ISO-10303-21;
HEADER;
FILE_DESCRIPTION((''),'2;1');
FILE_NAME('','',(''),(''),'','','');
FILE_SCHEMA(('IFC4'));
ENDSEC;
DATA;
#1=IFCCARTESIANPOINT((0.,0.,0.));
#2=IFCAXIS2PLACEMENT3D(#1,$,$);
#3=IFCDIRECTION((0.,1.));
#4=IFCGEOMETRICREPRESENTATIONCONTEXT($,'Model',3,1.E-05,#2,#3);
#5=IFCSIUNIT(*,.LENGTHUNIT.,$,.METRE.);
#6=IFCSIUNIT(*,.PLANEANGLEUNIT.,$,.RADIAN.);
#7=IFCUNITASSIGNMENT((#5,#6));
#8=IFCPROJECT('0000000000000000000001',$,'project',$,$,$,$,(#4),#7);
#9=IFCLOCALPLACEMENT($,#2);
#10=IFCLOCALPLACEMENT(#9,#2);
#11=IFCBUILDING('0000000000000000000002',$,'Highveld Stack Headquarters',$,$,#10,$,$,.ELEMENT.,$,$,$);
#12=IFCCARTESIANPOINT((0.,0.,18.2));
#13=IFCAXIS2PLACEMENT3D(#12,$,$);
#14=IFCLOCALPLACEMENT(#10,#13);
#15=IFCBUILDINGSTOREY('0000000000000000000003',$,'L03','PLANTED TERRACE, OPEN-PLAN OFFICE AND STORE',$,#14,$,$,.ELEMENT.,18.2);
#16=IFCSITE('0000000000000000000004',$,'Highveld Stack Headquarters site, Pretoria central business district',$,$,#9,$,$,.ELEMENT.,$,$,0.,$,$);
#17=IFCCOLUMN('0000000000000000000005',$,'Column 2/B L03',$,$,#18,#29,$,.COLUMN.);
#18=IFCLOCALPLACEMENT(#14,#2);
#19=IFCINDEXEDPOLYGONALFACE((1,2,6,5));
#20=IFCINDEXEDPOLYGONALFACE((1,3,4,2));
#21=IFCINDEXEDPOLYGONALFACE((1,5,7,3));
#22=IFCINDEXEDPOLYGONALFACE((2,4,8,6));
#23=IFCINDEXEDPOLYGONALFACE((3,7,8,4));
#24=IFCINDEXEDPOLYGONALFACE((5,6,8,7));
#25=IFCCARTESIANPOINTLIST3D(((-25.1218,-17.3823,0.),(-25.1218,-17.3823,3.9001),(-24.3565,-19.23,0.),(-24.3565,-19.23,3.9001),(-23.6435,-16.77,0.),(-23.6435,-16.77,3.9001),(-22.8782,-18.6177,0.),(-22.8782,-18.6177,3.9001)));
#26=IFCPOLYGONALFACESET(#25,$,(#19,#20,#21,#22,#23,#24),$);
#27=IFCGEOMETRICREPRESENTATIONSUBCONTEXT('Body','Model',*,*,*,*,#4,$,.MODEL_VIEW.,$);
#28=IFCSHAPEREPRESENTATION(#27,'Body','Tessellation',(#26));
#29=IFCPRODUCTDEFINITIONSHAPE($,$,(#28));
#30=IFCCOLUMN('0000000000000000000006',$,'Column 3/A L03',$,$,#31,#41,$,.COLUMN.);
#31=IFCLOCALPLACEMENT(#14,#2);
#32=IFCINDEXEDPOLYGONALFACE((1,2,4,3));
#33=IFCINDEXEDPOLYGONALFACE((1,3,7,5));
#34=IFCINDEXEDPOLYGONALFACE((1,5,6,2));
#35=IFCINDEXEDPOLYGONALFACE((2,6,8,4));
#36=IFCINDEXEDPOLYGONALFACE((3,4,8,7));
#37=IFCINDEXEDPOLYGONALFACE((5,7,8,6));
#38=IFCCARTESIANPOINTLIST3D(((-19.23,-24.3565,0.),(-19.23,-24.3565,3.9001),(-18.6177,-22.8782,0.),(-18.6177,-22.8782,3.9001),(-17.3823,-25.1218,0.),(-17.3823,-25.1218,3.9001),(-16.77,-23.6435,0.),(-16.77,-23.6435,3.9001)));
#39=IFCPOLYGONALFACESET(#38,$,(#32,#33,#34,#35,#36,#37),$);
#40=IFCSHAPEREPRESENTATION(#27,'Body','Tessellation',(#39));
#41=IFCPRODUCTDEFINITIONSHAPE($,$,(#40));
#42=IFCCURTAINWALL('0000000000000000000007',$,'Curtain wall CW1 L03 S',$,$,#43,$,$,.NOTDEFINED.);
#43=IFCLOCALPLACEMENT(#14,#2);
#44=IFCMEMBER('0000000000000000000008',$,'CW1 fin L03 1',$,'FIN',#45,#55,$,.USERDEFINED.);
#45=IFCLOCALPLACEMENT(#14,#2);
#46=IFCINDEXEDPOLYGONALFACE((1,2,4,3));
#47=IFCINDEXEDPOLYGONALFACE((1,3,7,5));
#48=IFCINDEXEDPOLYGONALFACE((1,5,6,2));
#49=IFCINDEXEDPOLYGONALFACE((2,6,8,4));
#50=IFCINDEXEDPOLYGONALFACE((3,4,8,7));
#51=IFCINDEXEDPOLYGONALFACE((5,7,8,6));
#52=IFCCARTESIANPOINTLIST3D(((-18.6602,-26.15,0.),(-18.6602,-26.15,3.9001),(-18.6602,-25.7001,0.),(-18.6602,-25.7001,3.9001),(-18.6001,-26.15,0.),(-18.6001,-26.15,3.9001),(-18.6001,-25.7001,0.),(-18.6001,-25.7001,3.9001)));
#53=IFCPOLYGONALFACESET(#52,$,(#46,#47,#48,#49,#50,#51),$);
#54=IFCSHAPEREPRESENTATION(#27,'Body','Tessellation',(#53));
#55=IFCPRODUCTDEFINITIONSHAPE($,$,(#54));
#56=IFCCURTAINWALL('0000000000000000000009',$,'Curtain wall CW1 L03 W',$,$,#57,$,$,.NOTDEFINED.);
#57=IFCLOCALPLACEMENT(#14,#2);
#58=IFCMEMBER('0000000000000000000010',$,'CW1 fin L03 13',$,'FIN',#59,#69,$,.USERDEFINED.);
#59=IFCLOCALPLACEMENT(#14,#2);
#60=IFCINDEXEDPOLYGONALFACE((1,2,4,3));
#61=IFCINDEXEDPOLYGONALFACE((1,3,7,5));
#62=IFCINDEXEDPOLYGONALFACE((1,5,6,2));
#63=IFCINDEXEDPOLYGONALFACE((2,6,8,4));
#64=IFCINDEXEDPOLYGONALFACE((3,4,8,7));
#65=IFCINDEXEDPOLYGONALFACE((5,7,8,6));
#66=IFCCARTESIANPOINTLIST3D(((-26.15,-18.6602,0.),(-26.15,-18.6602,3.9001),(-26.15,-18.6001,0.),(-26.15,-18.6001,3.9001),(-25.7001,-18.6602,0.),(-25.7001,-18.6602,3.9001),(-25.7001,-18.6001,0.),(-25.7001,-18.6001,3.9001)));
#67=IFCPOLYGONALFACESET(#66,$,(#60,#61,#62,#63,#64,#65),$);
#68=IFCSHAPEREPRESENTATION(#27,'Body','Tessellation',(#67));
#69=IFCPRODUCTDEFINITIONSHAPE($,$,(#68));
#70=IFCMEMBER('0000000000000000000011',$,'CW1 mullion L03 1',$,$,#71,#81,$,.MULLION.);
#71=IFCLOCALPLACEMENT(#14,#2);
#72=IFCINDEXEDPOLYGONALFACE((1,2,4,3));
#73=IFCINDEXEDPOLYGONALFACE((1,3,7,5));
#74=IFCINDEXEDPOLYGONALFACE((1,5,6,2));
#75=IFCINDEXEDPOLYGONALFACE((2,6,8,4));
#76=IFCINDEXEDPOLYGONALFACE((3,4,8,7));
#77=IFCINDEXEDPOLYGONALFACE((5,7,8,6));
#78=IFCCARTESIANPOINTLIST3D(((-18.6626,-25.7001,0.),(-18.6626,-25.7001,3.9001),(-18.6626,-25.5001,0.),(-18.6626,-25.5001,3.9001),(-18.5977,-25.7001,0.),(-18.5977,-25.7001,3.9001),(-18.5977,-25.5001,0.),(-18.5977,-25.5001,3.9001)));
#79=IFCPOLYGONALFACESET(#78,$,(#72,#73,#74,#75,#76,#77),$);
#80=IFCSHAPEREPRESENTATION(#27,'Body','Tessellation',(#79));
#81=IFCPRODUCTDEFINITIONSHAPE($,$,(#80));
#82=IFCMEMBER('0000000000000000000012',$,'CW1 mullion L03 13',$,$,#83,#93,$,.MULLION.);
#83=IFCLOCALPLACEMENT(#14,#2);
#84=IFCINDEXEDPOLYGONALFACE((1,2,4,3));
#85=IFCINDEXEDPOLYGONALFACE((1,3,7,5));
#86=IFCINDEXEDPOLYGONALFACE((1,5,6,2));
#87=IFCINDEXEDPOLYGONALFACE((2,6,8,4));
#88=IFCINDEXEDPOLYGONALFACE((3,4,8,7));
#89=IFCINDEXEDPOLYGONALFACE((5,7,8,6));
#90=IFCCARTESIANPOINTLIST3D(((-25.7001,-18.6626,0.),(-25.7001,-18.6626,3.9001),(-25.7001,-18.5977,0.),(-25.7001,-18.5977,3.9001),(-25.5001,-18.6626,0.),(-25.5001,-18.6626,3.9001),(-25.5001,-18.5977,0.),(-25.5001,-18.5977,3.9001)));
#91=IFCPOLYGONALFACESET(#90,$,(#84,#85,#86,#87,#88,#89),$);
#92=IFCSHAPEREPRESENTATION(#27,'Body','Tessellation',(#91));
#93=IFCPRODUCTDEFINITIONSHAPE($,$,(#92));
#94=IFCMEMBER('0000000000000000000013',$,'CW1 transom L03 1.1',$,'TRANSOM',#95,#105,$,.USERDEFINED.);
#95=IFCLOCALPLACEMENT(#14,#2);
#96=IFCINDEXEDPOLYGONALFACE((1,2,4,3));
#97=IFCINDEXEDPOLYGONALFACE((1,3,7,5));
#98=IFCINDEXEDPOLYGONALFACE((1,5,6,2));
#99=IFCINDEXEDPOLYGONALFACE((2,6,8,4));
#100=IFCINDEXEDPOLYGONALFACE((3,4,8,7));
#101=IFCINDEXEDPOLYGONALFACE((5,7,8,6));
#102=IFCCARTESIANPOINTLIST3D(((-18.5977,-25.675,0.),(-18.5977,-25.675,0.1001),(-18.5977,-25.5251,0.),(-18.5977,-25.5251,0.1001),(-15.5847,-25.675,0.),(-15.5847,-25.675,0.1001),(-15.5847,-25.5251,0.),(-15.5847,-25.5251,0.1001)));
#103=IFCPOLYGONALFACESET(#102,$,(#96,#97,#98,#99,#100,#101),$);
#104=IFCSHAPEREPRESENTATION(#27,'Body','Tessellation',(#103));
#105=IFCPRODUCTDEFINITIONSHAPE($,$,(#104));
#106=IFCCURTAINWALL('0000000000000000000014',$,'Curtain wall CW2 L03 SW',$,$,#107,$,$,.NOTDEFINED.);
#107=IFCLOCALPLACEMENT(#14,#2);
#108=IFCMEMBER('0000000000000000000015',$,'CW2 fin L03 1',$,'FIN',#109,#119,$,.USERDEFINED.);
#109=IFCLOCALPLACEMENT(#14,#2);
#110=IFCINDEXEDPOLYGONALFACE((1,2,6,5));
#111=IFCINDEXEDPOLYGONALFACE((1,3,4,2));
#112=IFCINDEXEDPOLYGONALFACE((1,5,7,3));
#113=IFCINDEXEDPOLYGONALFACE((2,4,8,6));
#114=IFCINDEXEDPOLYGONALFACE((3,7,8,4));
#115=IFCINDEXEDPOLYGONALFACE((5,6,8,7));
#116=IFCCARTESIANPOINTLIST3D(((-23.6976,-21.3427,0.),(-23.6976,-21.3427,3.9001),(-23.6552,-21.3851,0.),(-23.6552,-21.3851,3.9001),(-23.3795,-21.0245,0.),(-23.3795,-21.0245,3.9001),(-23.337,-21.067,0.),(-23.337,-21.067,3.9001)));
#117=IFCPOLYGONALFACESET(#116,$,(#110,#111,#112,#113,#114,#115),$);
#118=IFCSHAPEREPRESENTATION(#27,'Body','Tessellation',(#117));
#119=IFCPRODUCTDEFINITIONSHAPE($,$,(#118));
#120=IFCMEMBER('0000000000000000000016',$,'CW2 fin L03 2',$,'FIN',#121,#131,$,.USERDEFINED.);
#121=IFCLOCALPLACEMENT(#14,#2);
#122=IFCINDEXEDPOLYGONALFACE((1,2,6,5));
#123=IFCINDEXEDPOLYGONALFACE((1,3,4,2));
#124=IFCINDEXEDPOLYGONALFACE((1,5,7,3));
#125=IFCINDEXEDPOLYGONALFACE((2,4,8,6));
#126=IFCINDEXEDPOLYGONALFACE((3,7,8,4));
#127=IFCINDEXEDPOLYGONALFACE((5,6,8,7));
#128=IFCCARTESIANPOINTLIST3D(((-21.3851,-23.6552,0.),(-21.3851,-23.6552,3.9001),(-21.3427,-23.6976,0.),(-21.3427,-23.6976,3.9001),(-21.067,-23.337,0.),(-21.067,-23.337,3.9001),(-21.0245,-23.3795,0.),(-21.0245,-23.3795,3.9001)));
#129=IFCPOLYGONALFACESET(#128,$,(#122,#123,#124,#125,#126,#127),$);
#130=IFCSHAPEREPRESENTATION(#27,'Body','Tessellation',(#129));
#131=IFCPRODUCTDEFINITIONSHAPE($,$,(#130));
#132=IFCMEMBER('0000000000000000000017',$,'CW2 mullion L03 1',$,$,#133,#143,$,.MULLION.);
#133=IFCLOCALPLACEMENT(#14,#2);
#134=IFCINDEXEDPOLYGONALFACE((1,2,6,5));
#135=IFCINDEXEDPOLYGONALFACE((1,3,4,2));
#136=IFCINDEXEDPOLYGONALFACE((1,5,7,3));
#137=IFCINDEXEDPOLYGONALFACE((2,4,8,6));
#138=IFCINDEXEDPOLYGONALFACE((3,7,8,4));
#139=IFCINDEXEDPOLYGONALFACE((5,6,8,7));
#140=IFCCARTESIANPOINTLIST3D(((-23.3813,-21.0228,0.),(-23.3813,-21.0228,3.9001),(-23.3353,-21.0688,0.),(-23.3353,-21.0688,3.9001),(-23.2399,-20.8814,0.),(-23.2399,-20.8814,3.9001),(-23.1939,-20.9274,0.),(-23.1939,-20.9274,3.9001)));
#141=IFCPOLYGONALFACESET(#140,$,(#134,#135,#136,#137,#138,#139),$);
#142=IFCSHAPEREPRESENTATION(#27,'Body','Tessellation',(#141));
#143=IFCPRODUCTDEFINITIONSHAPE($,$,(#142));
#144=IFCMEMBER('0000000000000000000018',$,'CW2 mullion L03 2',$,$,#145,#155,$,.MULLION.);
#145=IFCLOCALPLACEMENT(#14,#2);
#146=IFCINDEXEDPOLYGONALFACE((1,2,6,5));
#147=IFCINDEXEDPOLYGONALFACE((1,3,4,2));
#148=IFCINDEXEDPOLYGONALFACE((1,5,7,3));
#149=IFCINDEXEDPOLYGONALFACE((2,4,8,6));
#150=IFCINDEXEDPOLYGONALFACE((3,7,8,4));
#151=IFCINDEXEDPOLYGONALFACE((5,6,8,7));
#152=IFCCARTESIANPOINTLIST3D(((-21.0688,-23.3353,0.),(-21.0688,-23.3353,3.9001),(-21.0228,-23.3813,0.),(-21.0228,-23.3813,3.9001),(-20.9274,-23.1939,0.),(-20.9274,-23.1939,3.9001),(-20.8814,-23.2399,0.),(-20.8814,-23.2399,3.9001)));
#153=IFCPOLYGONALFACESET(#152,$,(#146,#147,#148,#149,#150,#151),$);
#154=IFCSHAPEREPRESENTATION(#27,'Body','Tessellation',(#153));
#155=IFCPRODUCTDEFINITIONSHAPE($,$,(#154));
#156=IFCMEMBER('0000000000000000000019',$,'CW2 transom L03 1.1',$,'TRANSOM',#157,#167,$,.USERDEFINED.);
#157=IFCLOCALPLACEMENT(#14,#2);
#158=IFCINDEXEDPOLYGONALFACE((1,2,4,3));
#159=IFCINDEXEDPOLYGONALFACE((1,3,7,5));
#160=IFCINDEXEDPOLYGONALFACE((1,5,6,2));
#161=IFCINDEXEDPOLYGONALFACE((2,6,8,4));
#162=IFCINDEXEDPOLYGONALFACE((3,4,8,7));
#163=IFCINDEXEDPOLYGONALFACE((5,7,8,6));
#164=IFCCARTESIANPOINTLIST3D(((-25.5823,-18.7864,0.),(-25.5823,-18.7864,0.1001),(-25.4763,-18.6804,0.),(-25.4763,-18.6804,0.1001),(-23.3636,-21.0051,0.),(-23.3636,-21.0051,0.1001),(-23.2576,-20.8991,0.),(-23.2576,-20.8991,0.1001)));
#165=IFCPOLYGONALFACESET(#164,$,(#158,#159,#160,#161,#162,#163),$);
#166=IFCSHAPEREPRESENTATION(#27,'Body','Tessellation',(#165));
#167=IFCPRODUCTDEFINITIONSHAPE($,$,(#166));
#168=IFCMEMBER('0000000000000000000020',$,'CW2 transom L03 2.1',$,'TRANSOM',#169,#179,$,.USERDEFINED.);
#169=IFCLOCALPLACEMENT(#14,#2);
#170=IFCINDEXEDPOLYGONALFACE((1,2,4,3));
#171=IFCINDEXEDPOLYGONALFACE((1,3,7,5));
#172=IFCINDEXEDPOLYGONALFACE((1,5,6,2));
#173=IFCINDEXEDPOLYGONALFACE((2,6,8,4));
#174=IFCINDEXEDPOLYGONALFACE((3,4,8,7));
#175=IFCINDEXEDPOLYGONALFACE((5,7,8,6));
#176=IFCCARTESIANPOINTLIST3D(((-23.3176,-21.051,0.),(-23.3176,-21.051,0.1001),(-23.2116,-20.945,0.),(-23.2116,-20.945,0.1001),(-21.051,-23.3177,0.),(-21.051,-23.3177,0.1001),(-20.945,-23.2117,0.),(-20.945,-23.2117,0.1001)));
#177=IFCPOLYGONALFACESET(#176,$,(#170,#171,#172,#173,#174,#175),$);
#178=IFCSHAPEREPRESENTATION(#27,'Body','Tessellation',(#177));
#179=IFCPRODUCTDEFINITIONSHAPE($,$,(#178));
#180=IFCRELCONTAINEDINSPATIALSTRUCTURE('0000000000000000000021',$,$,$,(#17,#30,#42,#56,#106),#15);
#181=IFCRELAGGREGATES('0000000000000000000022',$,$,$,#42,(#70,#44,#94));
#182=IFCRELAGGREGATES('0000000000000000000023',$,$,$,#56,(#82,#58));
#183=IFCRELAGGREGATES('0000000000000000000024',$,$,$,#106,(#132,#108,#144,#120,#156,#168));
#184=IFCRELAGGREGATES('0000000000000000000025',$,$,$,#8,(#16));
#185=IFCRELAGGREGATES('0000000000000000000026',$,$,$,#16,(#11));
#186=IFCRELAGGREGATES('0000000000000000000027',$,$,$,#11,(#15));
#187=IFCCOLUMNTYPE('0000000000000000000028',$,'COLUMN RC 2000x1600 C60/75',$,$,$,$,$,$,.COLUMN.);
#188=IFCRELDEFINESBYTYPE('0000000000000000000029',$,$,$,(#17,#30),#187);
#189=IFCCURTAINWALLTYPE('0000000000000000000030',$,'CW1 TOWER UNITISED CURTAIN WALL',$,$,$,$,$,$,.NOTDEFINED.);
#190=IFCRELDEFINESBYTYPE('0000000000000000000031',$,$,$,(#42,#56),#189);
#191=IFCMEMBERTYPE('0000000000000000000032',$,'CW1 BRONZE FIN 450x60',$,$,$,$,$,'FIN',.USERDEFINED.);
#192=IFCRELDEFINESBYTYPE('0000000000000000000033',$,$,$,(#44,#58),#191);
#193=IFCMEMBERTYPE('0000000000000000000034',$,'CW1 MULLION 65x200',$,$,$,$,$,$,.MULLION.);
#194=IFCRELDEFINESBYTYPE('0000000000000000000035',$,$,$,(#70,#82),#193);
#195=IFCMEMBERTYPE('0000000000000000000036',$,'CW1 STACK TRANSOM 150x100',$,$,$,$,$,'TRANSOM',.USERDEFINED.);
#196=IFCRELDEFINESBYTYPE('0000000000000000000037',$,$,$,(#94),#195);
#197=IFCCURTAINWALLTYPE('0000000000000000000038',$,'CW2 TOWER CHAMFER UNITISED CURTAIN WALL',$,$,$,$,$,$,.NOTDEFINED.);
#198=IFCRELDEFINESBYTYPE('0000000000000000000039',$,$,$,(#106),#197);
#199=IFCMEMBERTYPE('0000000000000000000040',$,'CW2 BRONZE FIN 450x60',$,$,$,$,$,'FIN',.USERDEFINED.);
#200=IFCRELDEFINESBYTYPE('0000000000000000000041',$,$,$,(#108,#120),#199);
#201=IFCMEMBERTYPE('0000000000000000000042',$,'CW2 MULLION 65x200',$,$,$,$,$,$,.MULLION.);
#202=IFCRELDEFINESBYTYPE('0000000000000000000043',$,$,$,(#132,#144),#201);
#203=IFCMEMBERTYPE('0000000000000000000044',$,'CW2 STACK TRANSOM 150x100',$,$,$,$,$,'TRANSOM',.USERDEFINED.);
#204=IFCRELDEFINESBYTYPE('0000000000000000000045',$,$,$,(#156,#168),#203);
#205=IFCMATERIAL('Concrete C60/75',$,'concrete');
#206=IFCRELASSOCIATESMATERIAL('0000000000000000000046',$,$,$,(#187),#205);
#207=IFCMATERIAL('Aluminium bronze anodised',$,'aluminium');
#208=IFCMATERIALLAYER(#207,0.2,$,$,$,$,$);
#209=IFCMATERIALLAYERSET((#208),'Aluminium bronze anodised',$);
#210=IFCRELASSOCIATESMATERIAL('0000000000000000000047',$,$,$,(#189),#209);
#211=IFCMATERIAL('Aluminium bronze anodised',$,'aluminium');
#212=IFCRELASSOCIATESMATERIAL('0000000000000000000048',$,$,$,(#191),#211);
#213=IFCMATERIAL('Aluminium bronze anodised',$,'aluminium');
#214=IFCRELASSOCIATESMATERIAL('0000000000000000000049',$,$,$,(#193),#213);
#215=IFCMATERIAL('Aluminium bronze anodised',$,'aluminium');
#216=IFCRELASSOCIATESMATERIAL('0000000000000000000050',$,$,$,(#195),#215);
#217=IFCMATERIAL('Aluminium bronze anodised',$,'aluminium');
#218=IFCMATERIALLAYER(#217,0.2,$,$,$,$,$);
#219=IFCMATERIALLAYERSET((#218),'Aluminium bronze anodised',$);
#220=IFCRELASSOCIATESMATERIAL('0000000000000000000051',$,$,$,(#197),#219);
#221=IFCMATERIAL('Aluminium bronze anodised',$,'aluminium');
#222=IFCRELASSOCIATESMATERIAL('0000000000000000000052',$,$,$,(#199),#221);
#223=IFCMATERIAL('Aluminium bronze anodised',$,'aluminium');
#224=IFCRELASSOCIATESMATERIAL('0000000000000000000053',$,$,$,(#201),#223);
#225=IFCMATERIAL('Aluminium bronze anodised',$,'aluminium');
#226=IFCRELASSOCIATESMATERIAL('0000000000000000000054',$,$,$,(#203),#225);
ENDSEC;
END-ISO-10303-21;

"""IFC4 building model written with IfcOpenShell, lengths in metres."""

from ifc_helpers import new_model, si_unit, direction, frame, origin, origin_2d, place, context, subcontext, project, spatial, rectangle, extrude, material, layer, layer_set, material_profile, profile_set, type_object, element, aggregate, save


model = new_model("IFC4")

# Units and contexts
model_context = context("Model", 3, precision=1e-05, world=origin(), true_north=direction((0.0, 1.0)))
body_context = subcontext(model_context, "Body", "Model", "MODEL_VIEW")
ifc_project = project(units=[si_unit("LENGTHUNIT", "METRE"), si_unit("PLANEANGLEUNIT", "RADIAN")], contexts=[model_context])

# Site, building, storey
site_placement = place(None, origin())
site = spatial("IfcSite", under=ifc_project, at=site_placement, Name="Highveld Stack Headquarters site, Pretoria central business district", CompositionType="ELEMENT", RefElevation=0.0)
building_placement = place(site_placement, origin())
building = spatial("IfcBuilding", under=site, at=building_placement, Name="Highveld Stack Headquarters", CompositionType="ELEMENT")
storey_placement = place(building_placement, frame((0.0, 0.0, 18.2)))
storey = spatial("IfcBuildingStorey", under=building, at=storey_placement, Name="L03", Description="PLANTED TERRACE, OPEN-PLAN OFFICE AND STORE", CompositionType="ELEMENT", Elevation=18.2)

# Columns
ifc_material_1 = material(Name="Concrete C60/75", Category="concrete")
ifc_material_profile_1 = material_profile(ifc_material_1, rectangle(XDim=2.0, YDim=1.6001, at=origin_2d()), Name="RC 2000x1600")
ifc_profile_set_1 = profile_set([ifc_material_profile_1], Name="Concrete C60/75")
column_type = type_object("IfcColumnType", Name="COLUMN RC 2000x1600 C60/75", PredefinedType="COLUMN", material=ifc_profile_set_1)
for number, where, z_axis, x_axis, name in (
    (1, (-24.0, -18.0, 0.0), (0.0, 0.0, 1.0), (-0.382683, 0.92388, 0.0), "Column 2/B L03"),
    (2, (-18.0, -24.0, 0.0), (0.0, 0.0, 1.0), (-0.92388, 0.382683, 0.0), "Column 3/A L03"),
):
    element("IfcColumn", number, at=place(storey_placement, frame(where, z_axis=z_axis, x_axis=x_axis)), inside=storey, type_object=column_type, Name=name, PredefinedType="COLUMN", context=body_context, shape_type="SweptSolid", body=[
        extrude(rectangle(XDim=2.0, YDim=1.6001, at=origin_2d()), origin(), (0.0, 0.0, 1.0), 3.9001),
    ])

# Curtain walls, members
ifc_material_2 = material(Name="Aluminium bronze anodised", Category="aluminium")
ifc_layer_1 = layer(ifc_material_2, 0.2)
ifc_layer_set_1 = layer_set([ifc_layer_1], Name="Aluminium bronze anodised")
curtain_wall_type_1 = type_object("IfcCurtainWallType", Name="CW1 TOWER UNITISED CURTAIN WALL", PredefinedType="NOTDEFINED", material=ifc_layer_set_1)
curtain_wall_1_placement = place(storey_placement, origin())
curtain_wall_1 = element("IfcCurtainWall", 3, at=curtain_wall_1_placement, inside=storey, type_object=curtain_wall_type_1, Name="Curtain wall CW1 L03 S", PredefinedType="NOTDEFINED")
ifc_material_3 = material(Name="Aluminium bronze anodised", Category="aluminium")
ifc_material_profile_2 = material_profile(ifc_material_3, rectangle(XDim=0.45, YDim=0.0601, at=origin_2d()), Name="FIN 450x60")
ifc_profile_set_2 = profile_set([ifc_material_profile_2], Name="Aluminium bronze anodised")
member_type_1 = type_object("IfcMemberType", Name="CW1 BRONZE FIN 450x60", ElementType="FIN", PredefinedType="USERDEFINED", material=ifc_profile_set_2)
member_1_placement = place(storey_placement, frame((-18.6301, -25.925, 0.0), z_axis=(0.0, 0.0, 1.0), x_axis=(0.0, 1.0, 0.0)))
member_1 = element("IfcMember", 4, at=member_1_placement, type_object=member_type_1, Name="CW1 fin L03 1", ObjectType="FIN", PredefinedType="USERDEFINED", context=body_context, shape_type="SweptSolid", body=[
    extrude(rectangle(XDim=0.45, YDim=0.0601, at=origin_2d()), origin(), (0.0, 0.0, 1.0), 3.9001),
])
curtain_wall_2_placement = place(storey_placement, origin())
curtain_wall_2 = element("IfcCurtainWall", 5, at=curtain_wall_2_placement, inside=storey, type_object=curtain_wall_type_1, Name="Curtain wall CW1 L03 W", PredefinedType="NOTDEFINED")
member_2_placement = place(storey_placement, frame((-25.925, -18.6301, 0.0), z_axis=(0.0, 0.0, 1.0), x_axis=(1.0, 0.0, 0.0)))
member_2 = element("IfcMember", 6, at=member_2_placement, type_object=member_type_1, Name="CW1 fin L03 13", ObjectType="FIN", PredefinedType="USERDEFINED", context=body_context, shape_type="SweptSolid", body=[
    extrude(rectangle(XDim=0.45, YDim=0.0601, at=origin_2d()), origin(), (0.0, 0.0, 1.0), 3.9001),
])

# Members
ifc_material_4 = material(Name="Aluminium bronze anodised", Category="aluminium")
ifc_material_profile_3 = material_profile(ifc_material_4, rectangle(XDim=0.2, YDim=0.0649, at=origin_2d()), Name="CW1 MULLION 65x200")
ifc_profile_set_3 = profile_set([ifc_material_profile_3], Name="Aluminium bronze anodised")
member_type_2 = type_object("IfcMemberType", Name="CW1 MULLION 65x200", PredefinedType="MULLION", material=ifc_profile_set_3)
member_3_placement = place(storey_placement, frame((-18.6301, -25.6001, 0.0), z_axis=(0.0, 0.0, 1.0), x_axis=(0.0, 1.0, 0.0)))
member_3 = element("IfcMember", 7, at=member_3_placement, type_object=member_type_2, Name="CW1 mullion L03 1", PredefinedType="MULLION", context=body_context, shape_type="SweptSolid", body=[
    extrude(rectangle(XDim=0.2, YDim=0.0649, at=origin_2d()), origin(), (0.0, 0.0, 1.0), 3.9001),
])
member_4_placement = place(storey_placement, frame((-25.6001, -18.6301, 0.0), z_axis=(0.0, 0.0, 1.0), x_axis=(1.0, 0.0, 0.0)))
member_4 = element("IfcMember", 8, at=member_4_placement, type_object=member_type_2, Name="CW1 mullion L03 13", PredefinedType="MULLION", context=body_context, shape_type="SweptSolid", body=[
    extrude(rectangle(XDim=0.2, YDim=0.0649, at=origin_2d()), origin(), (0.0, 0.0, 1.0), 3.9001),
])
ifc_material_5 = material(Name="Aluminium bronze anodised", Category="aluminium")
ifc_material_profile_4 = material_profile(ifc_material_5, rectangle(XDim=0.1499, YDim=0.1001, at=origin_2d()), Name="CW1 TRANSOM 150x100")
ifc_profile_set_4 = profile_set([ifc_material_profile_4], Name="Aluminium bronze anodised")
member_type_3 = type_object("IfcMemberType", Name="CW1 STACK TRANSOM 150x100", ElementType="TRANSOM", PredefinedType="USERDEFINED", material=ifc_profile_set_4)
member_5_placement = place(storey_placement, frame((-18.5977, -25.6001, 0.05), z_axis=(1.0, 0.0, 0.0), x_axis=(0.0, 1.0, 0.0)))
member_5 = element("IfcMember", 9, at=member_5_placement, type_object=member_type_3, Name="CW1 transom L03 1.1", ObjectType="TRANSOM", PredefinedType="USERDEFINED", context=body_context, shape_type="SweptSolid", body=[
    extrude(rectangle(XDim=0.1499, YDim=0.1001, at=origin_2d()), origin(), (0.0, 0.0, 1.0), 3.0129),
])

# Curtain wall, members
ifc_material_6 = material(Name="Aluminium bronze anodised", Category="aluminium")
ifc_layer_2 = layer(ifc_material_6, 0.2)
ifc_layer_set_2 = layer_set([ifc_layer_2], Name="Aluminium bronze anodised")
curtain_wall_type_2 = type_object("IfcCurtainWallType", Name="CW2 TOWER CHAMFER UNITISED CURTAIN WALL", PredefinedType="NOTDEFINED", material=ifc_layer_set_2)
curtain_wall_3_placement = place(storey_placement, origin())
curtain_wall_3 = element("IfcCurtainWall", 10, at=curtain_wall_3_placement, inside=storey, type_object=curtain_wall_type_2, Name="Curtain wall CW2 L03 SW", PredefinedType="NOTDEFINED")
ifc_material_7 = material(Name="Aluminium bronze anodised", Category="aluminium")
ifc_material_profile_5 = material_profile(ifc_material_7, rectangle(XDim=0.45, YDim=0.0601, at=origin_2d()), Name="FIN 450x60")
ifc_profile_set_5 = profile_set([ifc_material_profile_5], Name="Aluminium bronze anodised")
member_type_4 = type_object("IfcMemberType", Name="CW2 BRONZE FIN 450x60", ElementType="FIN", PredefinedType="USERDEFINED", material=ifc_profile_set_5)
member_6_placement = place(storey_placement, frame((-23.5173, -21.2048, 0.0), z_axis=(0.0, 0.0, 1.0), x_axis=(0.707107, 0.707107, 0.0)))
member_6 = element("IfcMember", 11, at=member_6_placement, type_object=member_type_4, Name="CW2 fin L03 1", ObjectType="FIN", PredefinedType="USERDEFINED", context=body_context, shape_type="SweptSolid", body=[
    extrude(rectangle(XDim=0.45, YDim=0.0601, at=origin_2d()), origin(), (0.0, 0.0, 1.0), 3.9001),
])
member_7_placement = place(storey_placement, frame((-21.2048, -23.5173, 0.0), z_axis=(0.0, 0.0, 1.0), x_axis=(0.707107, 0.707107, 0.0)))
member_7 = element("IfcMember", 12, at=member_7_placement, type_object=member_type_4, Name="CW2 fin L03 2", ObjectType="FIN", PredefinedType="USERDEFINED", context=body_context, shape_type="SweptSolid", body=[
    extrude(rectangle(XDim=0.45, YDim=0.0601, at=origin_2d()), origin(), (0.0, 0.0, 1.0), 3.9001),
])
ifc_material_8 = material(Name="Aluminium bronze anodised", Category="aluminium")
ifc_material_profile_6 = material_profile(ifc_material_8, rectangle(XDim=0.2, YDim=0.0649, at=origin_2d()), Name="CW2 MULLION 65x200")
ifc_profile_set_6 = profile_set([ifc_material_profile_6], Name="Aluminium bronze anodised")
member_type_5 = type_object("IfcMemberType", Name="CW2 MULLION 65x200", PredefinedType="MULLION", material=ifc_profile_set_6)
member_8_placement = place(storey_placement, frame((-23.2876, -20.9751, 0.0), z_axis=(0.0, 0.0, 1.0), x_axis=(0.707107, 0.707107, 0.0)))
member_8 = element("IfcMember", 13, at=member_8_placement, type_object=member_type_5, Name="CW2 mullion L03 1", PredefinedType="MULLION", context=body_context, shape_type="SweptSolid", body=[
    extrude(rectangle(XDim=0.2, YDim=0.0649, at=origin_2d()), origin(), (0.0, 0.0, 1.0), 3.9001),
])
member_9_placement = place(storey_placement, frame((-20.9751, -23.2876, 0.0), z_axis=(0.0, 0.0, 1.0), x_axis=(0.707107, 0.707107, 0.0)))
member_9 = element("IfcMember", 14, at=member_9_placement, type_object=member_type_5, Name="CW2 mullion L03 2", PredefinedType="MULLION", context=body_context, shape_type="SweptSolid", body=[
    extrude(rectangle(XDim=0.2, YDim=0.0649, at=origin_2d()), origin(), (0.0, 0.0, 1.0), 3.9001),
])
ifc_material_9 = material(Name="Aluminium bronze anodised", Category="aluminium")
ifc_material_profile_7 = material_profile(ifc_material_9, rectangle(XDim=0.1499, YDim=0.1001, at=origin_2d()), Name="CW2 TRANSOM 150x100")
ifc_profile_set_7 = profile_set([ifc_material_profile_7], Name="Aluminium bronze anodised")
member_type_6 = type_object("IfcMemberType", Name="CW2 STACK TRANSOM 150x100", ElementType="TRANSOM", PredefinedType="USERDEFINED", material=ifc_profile_set_7)
member_10_placement = place(storey_placement, frame((-25.5293, -18.7334, 0.05), z_axis=(0.707107, -0.707107, 0.0), x_axis=(0.707107, 0.707107, 0.0)))
member_10 = element("IfcMember", 15, at=member_10_placement, type_object=member_type_6, Name="CW2 transom L03 1.1", ObjectType="TRANSOM", PredefinedType="USERDEFINED", context=body_context, shape_type="SweptSolid", body=[
    extrude(rectangle(XDim=0.1499, YDim=0.1001, at=origin_2d()), origin(), (0.0, 0.0, 1.0), 3.1377),
])
member_11_placement = place(storey_placement, frame((-23.2646, -20.998, 0.05), z_axis=(0.707107, -0.707107, 0.0), x_axis=(0.707107, 0.707107, 0.0)))
member_11 = element("IfcMember", 16, at=member_11_placement, type_object=member_type_6, Name="CW2 transom L03 2.1", ObjectType="TRANSOM", PredefinedType="USERDEFINED", context=body_context, shape_type="SweptSolid", body=[
    extrude(rectangle(XDim=0.1499, YDim=0.1001, at=origin_2d()), origin(), (0.0, 0.0, 1.0), 3.2056),
])

aggregate(curtain_wall_1, [member_3, member_1, member_5])
aggregate(curtain_wall_2, [member_4, member_2])
aggregate(curtain_wall_3, [member_8, member_6, member_9, member_7, member_10, member_11])

save(model, "model.ifc")
